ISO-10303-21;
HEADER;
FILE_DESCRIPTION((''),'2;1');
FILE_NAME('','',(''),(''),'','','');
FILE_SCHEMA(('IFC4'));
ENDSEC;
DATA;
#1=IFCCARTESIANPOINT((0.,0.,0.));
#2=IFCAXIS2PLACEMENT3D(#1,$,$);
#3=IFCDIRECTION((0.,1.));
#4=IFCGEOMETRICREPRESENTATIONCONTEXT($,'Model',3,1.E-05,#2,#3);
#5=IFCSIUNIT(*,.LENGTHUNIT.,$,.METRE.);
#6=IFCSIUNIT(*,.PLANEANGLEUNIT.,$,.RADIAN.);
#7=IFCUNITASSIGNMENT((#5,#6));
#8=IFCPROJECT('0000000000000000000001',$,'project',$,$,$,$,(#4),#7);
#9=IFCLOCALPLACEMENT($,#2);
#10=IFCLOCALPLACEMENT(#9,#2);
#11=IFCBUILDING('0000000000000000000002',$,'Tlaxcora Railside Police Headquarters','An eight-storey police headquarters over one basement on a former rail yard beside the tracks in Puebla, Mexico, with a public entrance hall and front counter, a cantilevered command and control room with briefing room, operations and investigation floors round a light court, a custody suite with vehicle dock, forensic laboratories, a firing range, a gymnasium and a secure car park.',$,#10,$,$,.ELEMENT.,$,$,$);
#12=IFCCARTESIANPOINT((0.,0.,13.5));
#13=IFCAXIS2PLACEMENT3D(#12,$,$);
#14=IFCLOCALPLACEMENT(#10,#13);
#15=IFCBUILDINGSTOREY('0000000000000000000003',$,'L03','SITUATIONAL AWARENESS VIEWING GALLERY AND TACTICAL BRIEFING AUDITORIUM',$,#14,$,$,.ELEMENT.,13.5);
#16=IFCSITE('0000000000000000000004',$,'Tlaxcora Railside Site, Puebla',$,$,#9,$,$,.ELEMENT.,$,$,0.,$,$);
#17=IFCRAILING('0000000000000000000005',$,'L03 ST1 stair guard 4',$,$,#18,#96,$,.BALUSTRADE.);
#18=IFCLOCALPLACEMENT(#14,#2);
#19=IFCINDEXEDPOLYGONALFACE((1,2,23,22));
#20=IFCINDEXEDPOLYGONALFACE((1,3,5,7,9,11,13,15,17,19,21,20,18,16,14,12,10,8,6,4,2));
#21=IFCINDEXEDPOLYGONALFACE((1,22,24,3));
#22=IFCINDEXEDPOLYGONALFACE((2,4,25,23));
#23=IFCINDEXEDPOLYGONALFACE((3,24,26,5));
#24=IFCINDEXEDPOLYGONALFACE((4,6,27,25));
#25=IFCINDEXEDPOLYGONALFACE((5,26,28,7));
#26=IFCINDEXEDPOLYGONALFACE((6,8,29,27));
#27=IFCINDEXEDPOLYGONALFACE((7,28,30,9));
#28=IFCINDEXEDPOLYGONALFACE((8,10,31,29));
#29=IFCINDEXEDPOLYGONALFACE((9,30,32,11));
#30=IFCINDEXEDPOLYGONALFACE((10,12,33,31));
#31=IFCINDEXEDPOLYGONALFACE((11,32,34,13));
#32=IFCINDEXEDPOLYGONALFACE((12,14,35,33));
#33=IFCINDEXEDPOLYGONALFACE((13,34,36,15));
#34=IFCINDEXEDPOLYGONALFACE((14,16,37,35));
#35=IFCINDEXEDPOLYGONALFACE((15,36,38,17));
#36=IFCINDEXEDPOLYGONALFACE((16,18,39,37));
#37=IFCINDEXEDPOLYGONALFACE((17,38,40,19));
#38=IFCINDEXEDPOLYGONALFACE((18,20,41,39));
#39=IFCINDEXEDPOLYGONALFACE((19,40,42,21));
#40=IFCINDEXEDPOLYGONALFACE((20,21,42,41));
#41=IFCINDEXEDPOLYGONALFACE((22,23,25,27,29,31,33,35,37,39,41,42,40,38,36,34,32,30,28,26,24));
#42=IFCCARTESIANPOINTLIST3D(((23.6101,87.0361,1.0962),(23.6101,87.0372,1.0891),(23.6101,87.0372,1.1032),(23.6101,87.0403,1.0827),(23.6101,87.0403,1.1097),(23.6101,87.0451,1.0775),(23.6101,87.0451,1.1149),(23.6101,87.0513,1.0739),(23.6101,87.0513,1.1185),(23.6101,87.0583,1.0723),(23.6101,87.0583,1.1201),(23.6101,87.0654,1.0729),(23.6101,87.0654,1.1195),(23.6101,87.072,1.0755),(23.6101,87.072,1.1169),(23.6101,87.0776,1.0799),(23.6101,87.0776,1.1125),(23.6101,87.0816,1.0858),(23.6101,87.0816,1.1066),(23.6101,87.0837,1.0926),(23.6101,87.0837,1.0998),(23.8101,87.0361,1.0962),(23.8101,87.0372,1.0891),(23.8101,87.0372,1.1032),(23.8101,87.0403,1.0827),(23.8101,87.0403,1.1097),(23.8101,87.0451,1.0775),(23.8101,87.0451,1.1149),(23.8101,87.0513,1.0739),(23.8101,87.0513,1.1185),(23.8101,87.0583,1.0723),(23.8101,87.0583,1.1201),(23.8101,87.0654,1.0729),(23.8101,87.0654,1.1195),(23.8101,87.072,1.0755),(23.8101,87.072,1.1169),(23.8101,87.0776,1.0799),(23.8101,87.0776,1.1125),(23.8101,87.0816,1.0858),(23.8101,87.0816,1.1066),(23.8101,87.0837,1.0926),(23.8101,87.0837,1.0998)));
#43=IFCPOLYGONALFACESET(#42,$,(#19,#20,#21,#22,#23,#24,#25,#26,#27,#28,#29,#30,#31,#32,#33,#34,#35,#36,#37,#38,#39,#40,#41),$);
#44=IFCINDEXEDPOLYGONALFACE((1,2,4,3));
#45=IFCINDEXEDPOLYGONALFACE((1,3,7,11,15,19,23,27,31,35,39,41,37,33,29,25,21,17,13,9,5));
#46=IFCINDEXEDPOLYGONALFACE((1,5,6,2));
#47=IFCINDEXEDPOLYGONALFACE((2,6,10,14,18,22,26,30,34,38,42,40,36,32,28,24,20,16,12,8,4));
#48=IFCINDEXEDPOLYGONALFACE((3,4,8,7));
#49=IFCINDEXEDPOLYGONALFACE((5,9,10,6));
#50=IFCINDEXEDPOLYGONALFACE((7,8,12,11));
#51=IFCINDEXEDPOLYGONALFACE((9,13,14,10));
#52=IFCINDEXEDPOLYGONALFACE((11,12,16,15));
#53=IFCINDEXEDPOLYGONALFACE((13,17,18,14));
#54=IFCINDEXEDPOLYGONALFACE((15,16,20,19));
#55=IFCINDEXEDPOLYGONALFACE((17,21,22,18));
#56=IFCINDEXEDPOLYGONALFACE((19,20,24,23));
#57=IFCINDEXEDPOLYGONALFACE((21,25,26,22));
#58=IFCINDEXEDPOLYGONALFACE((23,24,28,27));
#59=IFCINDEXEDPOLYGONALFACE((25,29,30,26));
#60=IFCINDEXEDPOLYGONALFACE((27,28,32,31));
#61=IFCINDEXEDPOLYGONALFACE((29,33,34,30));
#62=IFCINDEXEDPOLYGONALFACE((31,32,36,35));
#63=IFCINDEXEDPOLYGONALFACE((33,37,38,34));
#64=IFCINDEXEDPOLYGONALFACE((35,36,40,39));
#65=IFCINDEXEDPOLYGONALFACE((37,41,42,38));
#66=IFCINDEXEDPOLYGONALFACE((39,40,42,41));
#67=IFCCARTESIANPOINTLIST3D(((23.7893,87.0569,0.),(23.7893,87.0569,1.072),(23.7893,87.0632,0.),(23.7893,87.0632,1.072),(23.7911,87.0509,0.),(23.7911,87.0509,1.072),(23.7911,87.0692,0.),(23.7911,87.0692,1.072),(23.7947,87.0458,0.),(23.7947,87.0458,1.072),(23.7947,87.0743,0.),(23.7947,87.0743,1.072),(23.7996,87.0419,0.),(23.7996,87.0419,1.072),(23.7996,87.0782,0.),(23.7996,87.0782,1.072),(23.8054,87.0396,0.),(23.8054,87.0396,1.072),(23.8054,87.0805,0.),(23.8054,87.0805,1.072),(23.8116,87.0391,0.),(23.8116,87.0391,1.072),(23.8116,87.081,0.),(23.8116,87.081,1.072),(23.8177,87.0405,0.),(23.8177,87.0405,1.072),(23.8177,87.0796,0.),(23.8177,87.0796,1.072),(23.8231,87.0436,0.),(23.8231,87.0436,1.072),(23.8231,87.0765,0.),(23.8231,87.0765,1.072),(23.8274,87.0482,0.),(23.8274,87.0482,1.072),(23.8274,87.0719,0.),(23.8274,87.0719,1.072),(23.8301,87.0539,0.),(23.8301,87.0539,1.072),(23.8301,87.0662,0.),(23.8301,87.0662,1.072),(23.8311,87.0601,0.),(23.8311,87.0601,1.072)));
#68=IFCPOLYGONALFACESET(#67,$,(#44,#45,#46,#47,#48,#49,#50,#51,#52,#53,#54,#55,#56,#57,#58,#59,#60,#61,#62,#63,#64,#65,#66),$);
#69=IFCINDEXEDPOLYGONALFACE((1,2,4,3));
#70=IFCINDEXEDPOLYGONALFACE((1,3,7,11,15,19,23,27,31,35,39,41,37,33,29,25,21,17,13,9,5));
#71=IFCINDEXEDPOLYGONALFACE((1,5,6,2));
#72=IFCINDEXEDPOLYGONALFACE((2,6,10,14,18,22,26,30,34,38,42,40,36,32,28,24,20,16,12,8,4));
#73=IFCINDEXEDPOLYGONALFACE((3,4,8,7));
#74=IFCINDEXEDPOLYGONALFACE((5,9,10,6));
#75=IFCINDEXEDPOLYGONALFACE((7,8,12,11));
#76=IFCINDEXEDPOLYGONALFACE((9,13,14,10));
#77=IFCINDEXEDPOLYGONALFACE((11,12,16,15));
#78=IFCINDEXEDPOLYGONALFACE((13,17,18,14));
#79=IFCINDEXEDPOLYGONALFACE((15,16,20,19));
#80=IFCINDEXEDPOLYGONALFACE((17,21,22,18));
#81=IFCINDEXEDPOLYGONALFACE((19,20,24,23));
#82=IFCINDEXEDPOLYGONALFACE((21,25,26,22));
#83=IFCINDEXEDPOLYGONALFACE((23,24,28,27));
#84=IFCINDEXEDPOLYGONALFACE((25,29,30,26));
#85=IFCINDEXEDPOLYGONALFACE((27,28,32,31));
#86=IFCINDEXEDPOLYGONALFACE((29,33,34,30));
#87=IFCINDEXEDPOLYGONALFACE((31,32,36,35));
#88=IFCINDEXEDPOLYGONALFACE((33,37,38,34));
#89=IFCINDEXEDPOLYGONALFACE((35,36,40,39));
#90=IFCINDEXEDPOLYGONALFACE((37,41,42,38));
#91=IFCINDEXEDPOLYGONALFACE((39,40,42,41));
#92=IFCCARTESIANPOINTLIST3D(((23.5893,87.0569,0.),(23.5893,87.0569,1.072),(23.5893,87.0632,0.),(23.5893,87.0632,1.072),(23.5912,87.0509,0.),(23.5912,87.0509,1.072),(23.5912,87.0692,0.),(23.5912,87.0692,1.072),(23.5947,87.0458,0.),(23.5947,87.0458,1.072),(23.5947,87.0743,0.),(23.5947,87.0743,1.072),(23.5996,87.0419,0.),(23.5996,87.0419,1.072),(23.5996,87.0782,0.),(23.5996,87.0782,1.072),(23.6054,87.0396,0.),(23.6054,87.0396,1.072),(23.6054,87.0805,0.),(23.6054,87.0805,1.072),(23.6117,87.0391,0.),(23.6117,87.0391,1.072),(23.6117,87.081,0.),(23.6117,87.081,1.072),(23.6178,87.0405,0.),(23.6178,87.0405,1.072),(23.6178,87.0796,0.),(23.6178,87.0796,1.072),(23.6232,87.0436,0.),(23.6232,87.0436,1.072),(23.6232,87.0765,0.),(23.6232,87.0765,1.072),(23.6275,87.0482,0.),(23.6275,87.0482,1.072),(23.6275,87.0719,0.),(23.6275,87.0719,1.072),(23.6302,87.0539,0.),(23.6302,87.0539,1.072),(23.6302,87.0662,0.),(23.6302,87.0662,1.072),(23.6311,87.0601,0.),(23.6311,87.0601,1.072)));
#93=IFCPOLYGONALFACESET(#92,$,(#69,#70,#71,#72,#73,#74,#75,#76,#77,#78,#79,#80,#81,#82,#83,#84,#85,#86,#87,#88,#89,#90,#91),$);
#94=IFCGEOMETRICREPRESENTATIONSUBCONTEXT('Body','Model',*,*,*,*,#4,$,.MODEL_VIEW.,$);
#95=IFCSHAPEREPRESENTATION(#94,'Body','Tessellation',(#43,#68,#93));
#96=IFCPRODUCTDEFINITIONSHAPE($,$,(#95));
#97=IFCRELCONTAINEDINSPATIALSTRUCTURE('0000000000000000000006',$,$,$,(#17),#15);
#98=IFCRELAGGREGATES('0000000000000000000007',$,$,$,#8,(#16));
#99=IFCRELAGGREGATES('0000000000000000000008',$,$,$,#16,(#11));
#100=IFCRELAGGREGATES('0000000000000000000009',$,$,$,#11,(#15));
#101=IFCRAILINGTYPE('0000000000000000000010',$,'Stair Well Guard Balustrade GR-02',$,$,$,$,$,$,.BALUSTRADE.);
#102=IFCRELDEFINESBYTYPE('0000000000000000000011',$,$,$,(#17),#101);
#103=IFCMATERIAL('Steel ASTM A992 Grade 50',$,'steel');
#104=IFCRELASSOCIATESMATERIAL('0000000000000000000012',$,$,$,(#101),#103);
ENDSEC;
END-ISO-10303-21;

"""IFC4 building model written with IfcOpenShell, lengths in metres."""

from ifc_helpers import new_model, si_unit, direction, frame, origin, origin_2d, place, context, subcontext, project, spatial, circle, extrude, material, type_object, element, save


model = new_model("IFC4")

# Units and contexts
model_context = context("Model", 3, precision=1e-05, world=origin(), true_north=direction((0.0, 1.0)))
body_context = subcontext(model_context, "Body", "Model", "MODEL_VIEW")
ifc_project = project(units=[si_unit("LENGTHUNIT", "METRE"), si_unit("PLANEANGLEUNIT", "RADIAN")], contexts=[model_context])

# Site, building, storey
site_placement = place(None, origin())
site = spatial("IfcSite", under=ifc_project, at=site_placement, Name="Tlaxcora Railside Site, Puebla", CompositionType="ELEMENT", RefElevation=0.0)
building_placement = place(site_placement, origin())
building = spatial("IfcBuilding", under=site, at=building_placement, Name="Tlaxcora Railside Police Headquarters", Description="An eight-storey police headquarters over one basement on a former rail yard beside the tracks in Puebla, Mexico, with a public entrance hall and front counter, a cantilevered command and control room with briefing room, operations and investigation floors round a light court, a custody suite with vehicle dock, forensic laboratories, a firing range, a gymnasium and a secure car park.", CompositionType="ELEMENT")
storey_placement = place(building_placement, frame((0.0, 0.0, 13.5)))
storey = spatial("IfcBuildingStorey", under=building, at=storey_placement, Name="L03", Description="SITUATIONAL AWARENESS VIEWING GALLERY AND TACTICAL BRIEFING AUDITORIUM", CompositionType="ELEMENT", Elevation=13.5)

# Shared definitions
ifc_material_1 = material(Name="Steel ASTM A992 Grade 50", Category="steel")

# Railing
railing_type_1 = type_object("IfcRailingType", Name="Stair Well Guard Balustrade GR-02", PredefinedType="BALUSTRADE", material=ifc_material_1)
railing_1_placement = place(storey_placement, frame((23.8101, 87.0601, 0.0)))
element("IfcRailing", 1, at=railing_1_placement, inside=storey, type_object=railing_type_1, Name="L03 ST1 stair guard 4", PredefinedType="BALUSTRADE", context=body_context, shape_type="SweptSolid", body=[
    extrude(circle(Radius=0.0239, at=origin_2d()), frame((0.0, 0.0, 1.0962), z_axis=(-1.0, 0.0, 0.0), x_axis=(0.0, -1.0, 0.0)), (0.0, 0.0, 1.0), 0.2),
    extrude(circle(Radius=0.021, at=origin_2d()), origin(), (0.0, 0.0, 1.0), 1.072),
    extrude(circle(Radius=0.021, at=origin_2d()), frame((-0.2, 0.0, 0.0)), (0.0, 0.0, 1.0), 1.072),
])

save(model, "model.ifc")
